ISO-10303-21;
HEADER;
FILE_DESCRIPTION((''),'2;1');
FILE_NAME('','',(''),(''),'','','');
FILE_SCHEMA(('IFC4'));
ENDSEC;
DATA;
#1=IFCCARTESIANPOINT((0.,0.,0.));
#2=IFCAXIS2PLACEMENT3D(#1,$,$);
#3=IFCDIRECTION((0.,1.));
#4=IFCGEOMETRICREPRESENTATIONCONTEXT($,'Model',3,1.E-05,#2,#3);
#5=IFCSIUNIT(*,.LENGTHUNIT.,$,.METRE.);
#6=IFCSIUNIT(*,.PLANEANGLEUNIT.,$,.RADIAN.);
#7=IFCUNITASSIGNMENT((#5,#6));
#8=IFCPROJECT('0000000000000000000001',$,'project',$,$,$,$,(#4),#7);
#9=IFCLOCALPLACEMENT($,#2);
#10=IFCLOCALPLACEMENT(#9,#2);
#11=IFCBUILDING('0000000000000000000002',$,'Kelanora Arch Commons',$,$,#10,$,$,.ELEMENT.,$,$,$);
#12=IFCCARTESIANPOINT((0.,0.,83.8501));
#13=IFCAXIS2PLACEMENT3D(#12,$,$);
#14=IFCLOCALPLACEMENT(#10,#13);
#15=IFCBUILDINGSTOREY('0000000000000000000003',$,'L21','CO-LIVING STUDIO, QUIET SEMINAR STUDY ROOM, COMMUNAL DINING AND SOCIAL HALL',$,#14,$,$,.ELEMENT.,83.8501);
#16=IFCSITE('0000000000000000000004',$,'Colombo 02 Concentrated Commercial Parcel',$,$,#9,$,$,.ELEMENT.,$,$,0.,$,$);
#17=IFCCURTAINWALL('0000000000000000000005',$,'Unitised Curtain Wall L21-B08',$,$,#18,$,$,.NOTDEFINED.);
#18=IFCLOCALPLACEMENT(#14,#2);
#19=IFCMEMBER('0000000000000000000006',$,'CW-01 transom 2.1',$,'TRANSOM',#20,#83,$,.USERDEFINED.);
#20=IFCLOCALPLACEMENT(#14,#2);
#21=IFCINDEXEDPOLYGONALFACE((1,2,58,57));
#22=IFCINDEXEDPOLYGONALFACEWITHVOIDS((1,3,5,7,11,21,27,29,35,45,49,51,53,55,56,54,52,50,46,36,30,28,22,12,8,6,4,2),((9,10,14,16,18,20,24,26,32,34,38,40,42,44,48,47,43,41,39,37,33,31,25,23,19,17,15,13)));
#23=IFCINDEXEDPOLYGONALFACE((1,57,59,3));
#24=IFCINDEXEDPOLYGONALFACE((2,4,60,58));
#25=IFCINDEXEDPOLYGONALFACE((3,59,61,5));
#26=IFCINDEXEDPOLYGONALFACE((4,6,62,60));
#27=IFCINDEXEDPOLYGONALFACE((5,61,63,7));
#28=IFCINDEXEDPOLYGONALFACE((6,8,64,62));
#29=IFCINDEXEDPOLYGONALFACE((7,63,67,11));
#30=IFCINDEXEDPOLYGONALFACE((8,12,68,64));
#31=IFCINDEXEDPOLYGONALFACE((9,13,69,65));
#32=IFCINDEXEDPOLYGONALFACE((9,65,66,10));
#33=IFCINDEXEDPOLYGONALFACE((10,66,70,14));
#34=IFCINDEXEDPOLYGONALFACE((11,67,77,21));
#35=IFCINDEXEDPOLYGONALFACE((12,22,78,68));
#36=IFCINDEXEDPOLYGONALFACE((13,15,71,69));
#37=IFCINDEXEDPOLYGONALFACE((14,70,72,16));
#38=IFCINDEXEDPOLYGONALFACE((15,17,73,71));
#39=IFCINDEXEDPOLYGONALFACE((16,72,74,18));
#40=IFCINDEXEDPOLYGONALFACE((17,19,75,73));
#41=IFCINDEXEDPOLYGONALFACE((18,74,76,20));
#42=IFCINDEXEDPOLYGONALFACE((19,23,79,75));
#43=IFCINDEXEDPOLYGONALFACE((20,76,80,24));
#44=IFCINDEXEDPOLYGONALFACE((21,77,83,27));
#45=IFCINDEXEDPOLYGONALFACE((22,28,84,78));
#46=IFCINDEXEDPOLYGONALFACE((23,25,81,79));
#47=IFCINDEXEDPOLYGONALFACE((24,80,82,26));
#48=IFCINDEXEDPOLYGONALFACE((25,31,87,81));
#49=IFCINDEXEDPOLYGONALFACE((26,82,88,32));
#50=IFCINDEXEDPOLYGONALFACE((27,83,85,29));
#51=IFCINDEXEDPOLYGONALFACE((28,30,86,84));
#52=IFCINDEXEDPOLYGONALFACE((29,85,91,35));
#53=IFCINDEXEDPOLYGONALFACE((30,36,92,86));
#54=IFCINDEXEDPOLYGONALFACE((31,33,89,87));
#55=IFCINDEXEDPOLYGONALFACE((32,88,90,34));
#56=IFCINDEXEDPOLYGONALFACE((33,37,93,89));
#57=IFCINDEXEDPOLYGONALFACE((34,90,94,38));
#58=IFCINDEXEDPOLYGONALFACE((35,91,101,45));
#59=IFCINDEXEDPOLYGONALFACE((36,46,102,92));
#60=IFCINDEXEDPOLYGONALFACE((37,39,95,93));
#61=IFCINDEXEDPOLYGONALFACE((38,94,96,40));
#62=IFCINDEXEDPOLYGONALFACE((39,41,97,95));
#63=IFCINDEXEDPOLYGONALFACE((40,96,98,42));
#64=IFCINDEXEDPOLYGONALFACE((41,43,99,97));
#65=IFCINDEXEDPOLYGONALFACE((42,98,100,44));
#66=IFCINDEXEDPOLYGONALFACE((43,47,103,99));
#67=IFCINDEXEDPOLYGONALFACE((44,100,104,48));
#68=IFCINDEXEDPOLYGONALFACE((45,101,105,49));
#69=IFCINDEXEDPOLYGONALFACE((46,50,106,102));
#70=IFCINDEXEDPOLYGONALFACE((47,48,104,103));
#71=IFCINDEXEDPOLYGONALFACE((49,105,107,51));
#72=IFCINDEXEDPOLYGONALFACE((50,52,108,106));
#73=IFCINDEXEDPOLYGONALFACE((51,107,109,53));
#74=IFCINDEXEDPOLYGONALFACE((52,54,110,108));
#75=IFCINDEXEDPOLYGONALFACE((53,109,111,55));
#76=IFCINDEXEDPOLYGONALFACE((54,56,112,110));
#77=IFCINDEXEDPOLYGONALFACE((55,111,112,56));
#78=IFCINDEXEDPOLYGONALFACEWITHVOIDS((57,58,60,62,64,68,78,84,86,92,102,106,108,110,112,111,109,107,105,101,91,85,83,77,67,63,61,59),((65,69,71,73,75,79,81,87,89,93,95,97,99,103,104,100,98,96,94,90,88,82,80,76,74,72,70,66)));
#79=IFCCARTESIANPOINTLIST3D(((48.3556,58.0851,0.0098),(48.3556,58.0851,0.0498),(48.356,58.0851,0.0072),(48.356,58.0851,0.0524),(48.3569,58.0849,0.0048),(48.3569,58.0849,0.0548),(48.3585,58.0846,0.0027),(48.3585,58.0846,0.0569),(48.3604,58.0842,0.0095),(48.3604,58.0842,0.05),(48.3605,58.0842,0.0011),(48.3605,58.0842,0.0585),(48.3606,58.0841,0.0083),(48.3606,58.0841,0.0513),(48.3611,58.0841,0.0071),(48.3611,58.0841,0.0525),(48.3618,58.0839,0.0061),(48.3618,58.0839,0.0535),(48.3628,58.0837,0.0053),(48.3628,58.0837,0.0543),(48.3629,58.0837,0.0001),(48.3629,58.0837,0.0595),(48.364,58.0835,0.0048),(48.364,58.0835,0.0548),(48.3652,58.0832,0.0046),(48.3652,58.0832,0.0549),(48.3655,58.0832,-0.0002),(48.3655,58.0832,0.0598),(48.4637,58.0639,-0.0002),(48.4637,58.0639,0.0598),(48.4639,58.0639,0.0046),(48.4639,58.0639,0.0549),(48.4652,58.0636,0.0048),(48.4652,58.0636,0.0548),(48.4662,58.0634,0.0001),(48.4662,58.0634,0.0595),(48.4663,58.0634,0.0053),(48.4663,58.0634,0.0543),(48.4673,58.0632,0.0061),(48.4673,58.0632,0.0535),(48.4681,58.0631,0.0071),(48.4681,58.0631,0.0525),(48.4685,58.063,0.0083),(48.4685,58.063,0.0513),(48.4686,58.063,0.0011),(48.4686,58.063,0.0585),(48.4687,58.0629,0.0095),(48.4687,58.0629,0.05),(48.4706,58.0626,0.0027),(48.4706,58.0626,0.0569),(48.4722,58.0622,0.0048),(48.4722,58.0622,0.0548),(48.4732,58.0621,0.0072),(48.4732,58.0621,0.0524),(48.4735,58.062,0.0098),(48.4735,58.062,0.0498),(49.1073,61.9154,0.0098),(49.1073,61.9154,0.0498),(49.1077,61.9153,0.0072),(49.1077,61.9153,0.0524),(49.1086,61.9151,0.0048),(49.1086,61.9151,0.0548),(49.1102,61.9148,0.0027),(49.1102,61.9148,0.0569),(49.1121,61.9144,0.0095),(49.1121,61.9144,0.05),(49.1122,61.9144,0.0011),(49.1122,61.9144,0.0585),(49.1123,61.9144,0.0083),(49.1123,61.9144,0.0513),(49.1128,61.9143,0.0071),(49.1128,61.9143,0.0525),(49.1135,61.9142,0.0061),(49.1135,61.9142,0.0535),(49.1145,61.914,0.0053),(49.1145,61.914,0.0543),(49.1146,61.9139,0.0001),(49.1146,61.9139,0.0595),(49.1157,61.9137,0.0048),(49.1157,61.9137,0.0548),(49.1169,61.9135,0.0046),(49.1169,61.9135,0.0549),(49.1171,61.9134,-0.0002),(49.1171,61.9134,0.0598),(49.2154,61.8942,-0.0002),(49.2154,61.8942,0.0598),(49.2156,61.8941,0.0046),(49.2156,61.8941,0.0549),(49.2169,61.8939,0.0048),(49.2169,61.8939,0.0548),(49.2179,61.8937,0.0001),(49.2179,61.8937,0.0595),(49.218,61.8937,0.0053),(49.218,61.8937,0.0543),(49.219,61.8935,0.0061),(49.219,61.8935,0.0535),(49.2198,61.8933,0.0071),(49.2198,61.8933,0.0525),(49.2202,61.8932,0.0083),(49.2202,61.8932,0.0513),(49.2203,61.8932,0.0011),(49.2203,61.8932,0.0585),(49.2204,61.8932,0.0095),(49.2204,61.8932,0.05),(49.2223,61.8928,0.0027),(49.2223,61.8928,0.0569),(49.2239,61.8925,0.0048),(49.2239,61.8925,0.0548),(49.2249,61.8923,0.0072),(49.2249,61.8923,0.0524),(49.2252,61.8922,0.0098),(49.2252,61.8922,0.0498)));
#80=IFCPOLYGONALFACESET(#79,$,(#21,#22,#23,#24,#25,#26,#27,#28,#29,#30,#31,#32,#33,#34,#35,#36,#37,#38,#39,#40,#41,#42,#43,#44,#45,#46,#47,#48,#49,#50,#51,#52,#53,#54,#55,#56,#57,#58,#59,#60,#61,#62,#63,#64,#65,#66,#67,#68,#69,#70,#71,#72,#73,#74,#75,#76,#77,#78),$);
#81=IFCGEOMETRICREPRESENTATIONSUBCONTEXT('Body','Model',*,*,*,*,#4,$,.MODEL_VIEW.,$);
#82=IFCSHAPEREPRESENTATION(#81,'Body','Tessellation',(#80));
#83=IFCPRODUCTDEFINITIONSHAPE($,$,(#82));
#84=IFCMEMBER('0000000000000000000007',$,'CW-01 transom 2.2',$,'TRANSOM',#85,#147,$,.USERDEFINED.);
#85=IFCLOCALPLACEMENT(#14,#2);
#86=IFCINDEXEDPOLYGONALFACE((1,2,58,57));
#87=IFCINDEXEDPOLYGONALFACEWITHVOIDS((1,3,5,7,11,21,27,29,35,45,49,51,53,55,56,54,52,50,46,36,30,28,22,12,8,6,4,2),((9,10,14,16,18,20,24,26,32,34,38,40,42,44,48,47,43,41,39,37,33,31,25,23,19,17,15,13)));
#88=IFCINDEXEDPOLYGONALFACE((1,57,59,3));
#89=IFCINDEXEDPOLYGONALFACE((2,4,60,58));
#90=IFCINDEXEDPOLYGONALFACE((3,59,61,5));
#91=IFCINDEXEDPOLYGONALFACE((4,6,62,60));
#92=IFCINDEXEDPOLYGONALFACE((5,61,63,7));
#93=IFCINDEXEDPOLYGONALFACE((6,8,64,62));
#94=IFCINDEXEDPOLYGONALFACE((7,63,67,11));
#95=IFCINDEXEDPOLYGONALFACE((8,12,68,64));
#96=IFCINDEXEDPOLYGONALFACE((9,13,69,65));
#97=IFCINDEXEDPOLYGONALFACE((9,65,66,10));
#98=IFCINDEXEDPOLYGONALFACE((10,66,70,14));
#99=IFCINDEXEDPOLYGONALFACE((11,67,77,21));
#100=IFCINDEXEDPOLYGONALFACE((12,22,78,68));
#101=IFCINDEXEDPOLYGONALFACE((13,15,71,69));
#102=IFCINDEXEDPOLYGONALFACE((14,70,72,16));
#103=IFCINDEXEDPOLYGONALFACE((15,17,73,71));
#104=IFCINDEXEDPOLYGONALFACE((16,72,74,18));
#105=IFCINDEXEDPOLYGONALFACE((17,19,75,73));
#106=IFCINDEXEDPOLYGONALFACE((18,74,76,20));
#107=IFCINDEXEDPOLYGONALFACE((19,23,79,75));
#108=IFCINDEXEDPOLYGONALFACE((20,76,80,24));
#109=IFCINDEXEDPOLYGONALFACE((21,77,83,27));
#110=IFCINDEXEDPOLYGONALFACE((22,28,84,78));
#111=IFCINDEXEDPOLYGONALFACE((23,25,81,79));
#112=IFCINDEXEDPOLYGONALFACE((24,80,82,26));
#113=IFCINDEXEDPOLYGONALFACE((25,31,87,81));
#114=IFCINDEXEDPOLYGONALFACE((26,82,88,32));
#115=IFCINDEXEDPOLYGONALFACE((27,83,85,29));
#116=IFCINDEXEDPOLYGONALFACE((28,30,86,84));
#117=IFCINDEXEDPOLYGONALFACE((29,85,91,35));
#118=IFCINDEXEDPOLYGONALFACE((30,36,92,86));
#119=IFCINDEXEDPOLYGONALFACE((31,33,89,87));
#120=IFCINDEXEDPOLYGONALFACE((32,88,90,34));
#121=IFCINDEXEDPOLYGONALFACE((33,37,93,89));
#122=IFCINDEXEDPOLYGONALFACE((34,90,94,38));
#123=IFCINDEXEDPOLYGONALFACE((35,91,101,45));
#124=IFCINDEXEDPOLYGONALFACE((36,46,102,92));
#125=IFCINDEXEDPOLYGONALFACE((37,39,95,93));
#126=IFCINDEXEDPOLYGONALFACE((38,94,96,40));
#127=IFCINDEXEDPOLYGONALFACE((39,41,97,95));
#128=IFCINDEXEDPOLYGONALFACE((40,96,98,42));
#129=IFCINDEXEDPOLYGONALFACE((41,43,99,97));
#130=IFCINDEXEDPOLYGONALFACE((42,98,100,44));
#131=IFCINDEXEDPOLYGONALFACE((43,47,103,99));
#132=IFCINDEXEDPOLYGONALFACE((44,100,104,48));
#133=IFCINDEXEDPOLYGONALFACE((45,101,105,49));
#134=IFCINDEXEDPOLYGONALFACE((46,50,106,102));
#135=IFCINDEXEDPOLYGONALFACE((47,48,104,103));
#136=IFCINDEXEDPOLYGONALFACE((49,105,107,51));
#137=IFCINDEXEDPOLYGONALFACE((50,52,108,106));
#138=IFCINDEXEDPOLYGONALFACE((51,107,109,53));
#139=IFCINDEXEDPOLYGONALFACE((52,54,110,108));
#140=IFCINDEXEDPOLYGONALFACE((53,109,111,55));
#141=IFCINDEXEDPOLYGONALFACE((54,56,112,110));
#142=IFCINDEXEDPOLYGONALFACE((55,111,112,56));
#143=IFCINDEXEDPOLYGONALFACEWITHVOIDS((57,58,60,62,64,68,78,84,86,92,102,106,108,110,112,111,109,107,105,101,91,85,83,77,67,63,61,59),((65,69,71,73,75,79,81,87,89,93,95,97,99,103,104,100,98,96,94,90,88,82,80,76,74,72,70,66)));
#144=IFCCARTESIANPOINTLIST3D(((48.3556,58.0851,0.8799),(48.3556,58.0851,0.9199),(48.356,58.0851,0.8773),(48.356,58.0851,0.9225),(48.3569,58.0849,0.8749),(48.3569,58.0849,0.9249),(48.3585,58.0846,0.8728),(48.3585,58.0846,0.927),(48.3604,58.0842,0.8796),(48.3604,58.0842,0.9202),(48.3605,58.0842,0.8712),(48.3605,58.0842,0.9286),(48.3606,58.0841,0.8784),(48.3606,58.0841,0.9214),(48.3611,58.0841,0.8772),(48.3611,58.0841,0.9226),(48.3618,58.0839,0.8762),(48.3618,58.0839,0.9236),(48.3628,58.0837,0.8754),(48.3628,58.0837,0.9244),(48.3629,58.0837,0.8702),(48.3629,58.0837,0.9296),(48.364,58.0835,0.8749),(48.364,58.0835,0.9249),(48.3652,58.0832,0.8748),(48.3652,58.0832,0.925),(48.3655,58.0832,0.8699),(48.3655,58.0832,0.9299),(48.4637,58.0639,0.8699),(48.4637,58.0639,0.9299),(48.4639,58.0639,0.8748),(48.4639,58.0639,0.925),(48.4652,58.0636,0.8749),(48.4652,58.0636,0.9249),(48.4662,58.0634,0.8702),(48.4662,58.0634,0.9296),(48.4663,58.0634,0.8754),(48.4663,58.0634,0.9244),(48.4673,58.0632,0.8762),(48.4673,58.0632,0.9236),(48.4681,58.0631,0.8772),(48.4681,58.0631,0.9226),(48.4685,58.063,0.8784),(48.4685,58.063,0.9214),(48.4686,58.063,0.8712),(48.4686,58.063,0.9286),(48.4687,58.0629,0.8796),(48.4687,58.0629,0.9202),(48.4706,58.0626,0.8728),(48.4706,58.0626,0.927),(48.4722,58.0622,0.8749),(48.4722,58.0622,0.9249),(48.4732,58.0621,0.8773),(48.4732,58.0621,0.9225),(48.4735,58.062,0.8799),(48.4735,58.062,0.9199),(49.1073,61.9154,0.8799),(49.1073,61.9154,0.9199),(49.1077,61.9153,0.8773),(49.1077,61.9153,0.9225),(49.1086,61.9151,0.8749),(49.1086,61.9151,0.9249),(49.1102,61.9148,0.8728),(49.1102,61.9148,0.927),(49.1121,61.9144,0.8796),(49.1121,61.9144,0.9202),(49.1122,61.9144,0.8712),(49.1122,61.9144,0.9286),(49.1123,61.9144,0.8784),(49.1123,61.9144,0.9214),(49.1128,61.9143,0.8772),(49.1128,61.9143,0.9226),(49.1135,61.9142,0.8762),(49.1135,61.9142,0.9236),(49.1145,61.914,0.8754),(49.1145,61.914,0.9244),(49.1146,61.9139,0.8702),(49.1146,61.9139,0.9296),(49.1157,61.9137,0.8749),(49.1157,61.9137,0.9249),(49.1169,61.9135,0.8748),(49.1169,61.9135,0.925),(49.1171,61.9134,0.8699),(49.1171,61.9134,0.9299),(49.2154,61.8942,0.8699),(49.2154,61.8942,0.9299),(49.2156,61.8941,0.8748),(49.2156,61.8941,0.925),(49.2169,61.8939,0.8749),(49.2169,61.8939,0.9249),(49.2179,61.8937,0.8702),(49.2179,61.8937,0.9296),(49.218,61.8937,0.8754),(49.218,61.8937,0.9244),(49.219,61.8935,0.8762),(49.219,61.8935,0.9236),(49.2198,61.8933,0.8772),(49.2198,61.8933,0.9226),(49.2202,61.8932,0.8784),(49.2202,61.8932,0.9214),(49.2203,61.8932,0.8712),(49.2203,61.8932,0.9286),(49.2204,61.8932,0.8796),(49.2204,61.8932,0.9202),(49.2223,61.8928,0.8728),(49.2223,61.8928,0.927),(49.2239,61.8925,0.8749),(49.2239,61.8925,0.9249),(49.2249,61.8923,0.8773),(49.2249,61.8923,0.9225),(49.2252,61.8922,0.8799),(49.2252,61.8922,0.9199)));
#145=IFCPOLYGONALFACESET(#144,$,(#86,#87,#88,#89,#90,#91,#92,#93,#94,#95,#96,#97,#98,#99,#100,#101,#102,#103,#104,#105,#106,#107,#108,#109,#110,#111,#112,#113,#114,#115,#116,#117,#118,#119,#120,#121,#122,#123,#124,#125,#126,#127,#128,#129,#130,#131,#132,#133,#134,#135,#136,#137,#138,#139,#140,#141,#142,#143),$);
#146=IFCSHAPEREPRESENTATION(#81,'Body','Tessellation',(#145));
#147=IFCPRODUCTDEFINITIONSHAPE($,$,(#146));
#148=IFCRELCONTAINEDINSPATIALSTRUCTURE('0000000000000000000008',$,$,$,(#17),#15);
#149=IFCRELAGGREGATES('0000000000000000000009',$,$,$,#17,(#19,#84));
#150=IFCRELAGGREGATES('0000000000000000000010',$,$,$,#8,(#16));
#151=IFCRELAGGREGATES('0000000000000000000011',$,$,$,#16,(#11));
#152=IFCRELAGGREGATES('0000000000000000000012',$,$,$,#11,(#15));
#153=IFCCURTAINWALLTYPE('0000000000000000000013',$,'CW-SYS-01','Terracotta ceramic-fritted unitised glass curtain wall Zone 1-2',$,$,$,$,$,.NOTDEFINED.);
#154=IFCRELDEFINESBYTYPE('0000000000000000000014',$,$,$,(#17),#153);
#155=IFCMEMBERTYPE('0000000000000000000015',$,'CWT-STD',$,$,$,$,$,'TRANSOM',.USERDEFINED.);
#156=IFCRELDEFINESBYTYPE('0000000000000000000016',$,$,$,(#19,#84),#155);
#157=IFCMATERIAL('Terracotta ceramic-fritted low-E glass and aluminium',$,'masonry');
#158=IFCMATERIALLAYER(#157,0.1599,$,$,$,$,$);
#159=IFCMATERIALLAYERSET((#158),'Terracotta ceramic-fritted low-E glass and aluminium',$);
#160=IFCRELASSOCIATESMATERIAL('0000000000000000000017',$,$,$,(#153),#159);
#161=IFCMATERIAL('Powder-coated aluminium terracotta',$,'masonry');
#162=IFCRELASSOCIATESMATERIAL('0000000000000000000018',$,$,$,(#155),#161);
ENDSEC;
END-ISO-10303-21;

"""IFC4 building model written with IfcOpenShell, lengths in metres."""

from ifc_helpers import new_model, si_unit, direction, frame, origin, origin_2d, place, context, subcontext, project, spatial, hollow_rectangle, extrude, material, layer, layer_set, material_profile, profile_set, type_object, element, aggregate, save


model = new_model("IFC4")

# Units and contexts
model_context = context("Model", 3, precision=1e-05, world=origin(), true_north=direction((0.0, 1.0)))
body_context = subcontext(model_context, "Body", "Model", "MODEL_VIEW")
ifc_project = project(units=[si_unit("LENGTHUNIT", "METRE"), si_unit("PLANEANGLEUNIT", "RADIAN")], contexts=[model_context])

# Site, building, storey
site_placement = place(None, origin())
site = spatial("IfcSite", under=ifc_project, at=site_placement, Name="Colombo 02 Concentrated Commercial Parcel", CompositionType="ELEMENT", RefElevation=0.0)
building_placement = place(site_placement, origin())
building = spatial("IfcBuilding", under=site, at=building_placement, Name="Kelanora Arch Commons", CompositionType="ELEMENT")
storey_placement = place(building_placement, frame((0.0, 0.0, 83.8501)))
storey = spatial("IfcBuildingStorey", under=building, at=storey_placement, Name="L21", Description="CO-LIVING STUDIO, QUIET SEMINAR STUDY ROOM, COMMUNAL DINING AND SOCIAL HALL", CompositionType="ELEMENT", Elevation=83.8501)

# Curtain wall, members
ifc_material_1 = material(Name="Terracotta ceramic-fritted low-E glass and aluminium", Category="masonry")
ifc_layer_1 = layer(ifc_material_1, 0.1599)
ifc_layer_set_1 = layer_set([ifc_layer_1], Name="Terracotta ceramic-fritted low-E glass and aluminium")
curtain_wall_type = type_object("IfcCurtainWallType", Name="CW-SYS-01", Description="Terracotta ceramic-fritted unitised glass curtain wall Zone 1-2", PredefinedType="NOTDEFINED", material=ifc_layer_set_1)
curtain_wall_placement = place(storey_placement, origin())
curtain_wall = element("IfcCurtainWall", 1, at=curtain_wall_placement, inside=storey, type_object=curtain_wall_type, Name="Unitised Curtain Wall L21-B08", PredefinedType="NOTDEFINED")
ifc_material_2 = material(Name="Powder-coated aluminium terracotta", Category="masonry")
ifc_material_profile_1 = material_profile(ifc_material_2, hollow_rectangle(XDim=0.1201, YDim=0.0601, WallThickness=0.0049, InnerFilletRadius=0.0049, OuterFilletRadius=0.01, at=origin_2d()), Name="CWT120x60")
ifc_profile_set_1 = profile_set([ifc_material_profile_1], Name="Powder-coated aluminium terracotta")
member_type_1 = type_object("IfcMemberType", Name="CWT-STD", ElementType="TRANSOM", PredefinedType="USERDEFINED", material=ifc_profile_set_1)
member_1_placement = place(storey_placement, frame((49.1663, 61.9038, 0.0298), z_axis=(-0.192579, -0.981282, 0.0), x_axis=(0.981282, -0.192579, 0.0)))
member_1 = element("IfcMember", 2, at=member_1_placement, type_object=member_type_1, Name="CW-01 transom 2.1", ObjectType="TRANSOM", PredefinedType="USERDEFINED", context=body_context, shape_type="SweptSolid", body=[
    extrude(hollow_rectangle(XDim=0.1201, YDim=0.0601, WallThickness=0.0049, InnerFilletRadius=0.0049, OuterFilletRadius=0.01, at=origin_2d()), origin(), (0.0, 0.0, 1.0), 3.9033),
])
member_2_placement = place(storey_placement, frame((49.1663, 61.9038, 0.8999), z_axis=(-0.192579, -0.981282, 0.0), x_axis=(0.981282, -0.192579, 0.0)))
member_2 = element("IfcMember", 3, at=member_2_placement, type_object=member_type_1, Name="CW-01 transom 2.2", ObjectType="TRANSOM", PredefinedType="USERDEFINED", context=body_context, shape_type="SweptSolid", body=[
    extrude(hollow_rectangle(XDim=0.1201, YDim=0.0601, WallThickness=0.0049, InnerFilletRadius=0.0049, OuterFilletRadius=0.01, at=origin_2d()), origin(), (0.0, 0.0, 1.0), 3.9033),
])
aggregate(curtain_wall, [member_1, member_2])

save(model, "model.ifc")
